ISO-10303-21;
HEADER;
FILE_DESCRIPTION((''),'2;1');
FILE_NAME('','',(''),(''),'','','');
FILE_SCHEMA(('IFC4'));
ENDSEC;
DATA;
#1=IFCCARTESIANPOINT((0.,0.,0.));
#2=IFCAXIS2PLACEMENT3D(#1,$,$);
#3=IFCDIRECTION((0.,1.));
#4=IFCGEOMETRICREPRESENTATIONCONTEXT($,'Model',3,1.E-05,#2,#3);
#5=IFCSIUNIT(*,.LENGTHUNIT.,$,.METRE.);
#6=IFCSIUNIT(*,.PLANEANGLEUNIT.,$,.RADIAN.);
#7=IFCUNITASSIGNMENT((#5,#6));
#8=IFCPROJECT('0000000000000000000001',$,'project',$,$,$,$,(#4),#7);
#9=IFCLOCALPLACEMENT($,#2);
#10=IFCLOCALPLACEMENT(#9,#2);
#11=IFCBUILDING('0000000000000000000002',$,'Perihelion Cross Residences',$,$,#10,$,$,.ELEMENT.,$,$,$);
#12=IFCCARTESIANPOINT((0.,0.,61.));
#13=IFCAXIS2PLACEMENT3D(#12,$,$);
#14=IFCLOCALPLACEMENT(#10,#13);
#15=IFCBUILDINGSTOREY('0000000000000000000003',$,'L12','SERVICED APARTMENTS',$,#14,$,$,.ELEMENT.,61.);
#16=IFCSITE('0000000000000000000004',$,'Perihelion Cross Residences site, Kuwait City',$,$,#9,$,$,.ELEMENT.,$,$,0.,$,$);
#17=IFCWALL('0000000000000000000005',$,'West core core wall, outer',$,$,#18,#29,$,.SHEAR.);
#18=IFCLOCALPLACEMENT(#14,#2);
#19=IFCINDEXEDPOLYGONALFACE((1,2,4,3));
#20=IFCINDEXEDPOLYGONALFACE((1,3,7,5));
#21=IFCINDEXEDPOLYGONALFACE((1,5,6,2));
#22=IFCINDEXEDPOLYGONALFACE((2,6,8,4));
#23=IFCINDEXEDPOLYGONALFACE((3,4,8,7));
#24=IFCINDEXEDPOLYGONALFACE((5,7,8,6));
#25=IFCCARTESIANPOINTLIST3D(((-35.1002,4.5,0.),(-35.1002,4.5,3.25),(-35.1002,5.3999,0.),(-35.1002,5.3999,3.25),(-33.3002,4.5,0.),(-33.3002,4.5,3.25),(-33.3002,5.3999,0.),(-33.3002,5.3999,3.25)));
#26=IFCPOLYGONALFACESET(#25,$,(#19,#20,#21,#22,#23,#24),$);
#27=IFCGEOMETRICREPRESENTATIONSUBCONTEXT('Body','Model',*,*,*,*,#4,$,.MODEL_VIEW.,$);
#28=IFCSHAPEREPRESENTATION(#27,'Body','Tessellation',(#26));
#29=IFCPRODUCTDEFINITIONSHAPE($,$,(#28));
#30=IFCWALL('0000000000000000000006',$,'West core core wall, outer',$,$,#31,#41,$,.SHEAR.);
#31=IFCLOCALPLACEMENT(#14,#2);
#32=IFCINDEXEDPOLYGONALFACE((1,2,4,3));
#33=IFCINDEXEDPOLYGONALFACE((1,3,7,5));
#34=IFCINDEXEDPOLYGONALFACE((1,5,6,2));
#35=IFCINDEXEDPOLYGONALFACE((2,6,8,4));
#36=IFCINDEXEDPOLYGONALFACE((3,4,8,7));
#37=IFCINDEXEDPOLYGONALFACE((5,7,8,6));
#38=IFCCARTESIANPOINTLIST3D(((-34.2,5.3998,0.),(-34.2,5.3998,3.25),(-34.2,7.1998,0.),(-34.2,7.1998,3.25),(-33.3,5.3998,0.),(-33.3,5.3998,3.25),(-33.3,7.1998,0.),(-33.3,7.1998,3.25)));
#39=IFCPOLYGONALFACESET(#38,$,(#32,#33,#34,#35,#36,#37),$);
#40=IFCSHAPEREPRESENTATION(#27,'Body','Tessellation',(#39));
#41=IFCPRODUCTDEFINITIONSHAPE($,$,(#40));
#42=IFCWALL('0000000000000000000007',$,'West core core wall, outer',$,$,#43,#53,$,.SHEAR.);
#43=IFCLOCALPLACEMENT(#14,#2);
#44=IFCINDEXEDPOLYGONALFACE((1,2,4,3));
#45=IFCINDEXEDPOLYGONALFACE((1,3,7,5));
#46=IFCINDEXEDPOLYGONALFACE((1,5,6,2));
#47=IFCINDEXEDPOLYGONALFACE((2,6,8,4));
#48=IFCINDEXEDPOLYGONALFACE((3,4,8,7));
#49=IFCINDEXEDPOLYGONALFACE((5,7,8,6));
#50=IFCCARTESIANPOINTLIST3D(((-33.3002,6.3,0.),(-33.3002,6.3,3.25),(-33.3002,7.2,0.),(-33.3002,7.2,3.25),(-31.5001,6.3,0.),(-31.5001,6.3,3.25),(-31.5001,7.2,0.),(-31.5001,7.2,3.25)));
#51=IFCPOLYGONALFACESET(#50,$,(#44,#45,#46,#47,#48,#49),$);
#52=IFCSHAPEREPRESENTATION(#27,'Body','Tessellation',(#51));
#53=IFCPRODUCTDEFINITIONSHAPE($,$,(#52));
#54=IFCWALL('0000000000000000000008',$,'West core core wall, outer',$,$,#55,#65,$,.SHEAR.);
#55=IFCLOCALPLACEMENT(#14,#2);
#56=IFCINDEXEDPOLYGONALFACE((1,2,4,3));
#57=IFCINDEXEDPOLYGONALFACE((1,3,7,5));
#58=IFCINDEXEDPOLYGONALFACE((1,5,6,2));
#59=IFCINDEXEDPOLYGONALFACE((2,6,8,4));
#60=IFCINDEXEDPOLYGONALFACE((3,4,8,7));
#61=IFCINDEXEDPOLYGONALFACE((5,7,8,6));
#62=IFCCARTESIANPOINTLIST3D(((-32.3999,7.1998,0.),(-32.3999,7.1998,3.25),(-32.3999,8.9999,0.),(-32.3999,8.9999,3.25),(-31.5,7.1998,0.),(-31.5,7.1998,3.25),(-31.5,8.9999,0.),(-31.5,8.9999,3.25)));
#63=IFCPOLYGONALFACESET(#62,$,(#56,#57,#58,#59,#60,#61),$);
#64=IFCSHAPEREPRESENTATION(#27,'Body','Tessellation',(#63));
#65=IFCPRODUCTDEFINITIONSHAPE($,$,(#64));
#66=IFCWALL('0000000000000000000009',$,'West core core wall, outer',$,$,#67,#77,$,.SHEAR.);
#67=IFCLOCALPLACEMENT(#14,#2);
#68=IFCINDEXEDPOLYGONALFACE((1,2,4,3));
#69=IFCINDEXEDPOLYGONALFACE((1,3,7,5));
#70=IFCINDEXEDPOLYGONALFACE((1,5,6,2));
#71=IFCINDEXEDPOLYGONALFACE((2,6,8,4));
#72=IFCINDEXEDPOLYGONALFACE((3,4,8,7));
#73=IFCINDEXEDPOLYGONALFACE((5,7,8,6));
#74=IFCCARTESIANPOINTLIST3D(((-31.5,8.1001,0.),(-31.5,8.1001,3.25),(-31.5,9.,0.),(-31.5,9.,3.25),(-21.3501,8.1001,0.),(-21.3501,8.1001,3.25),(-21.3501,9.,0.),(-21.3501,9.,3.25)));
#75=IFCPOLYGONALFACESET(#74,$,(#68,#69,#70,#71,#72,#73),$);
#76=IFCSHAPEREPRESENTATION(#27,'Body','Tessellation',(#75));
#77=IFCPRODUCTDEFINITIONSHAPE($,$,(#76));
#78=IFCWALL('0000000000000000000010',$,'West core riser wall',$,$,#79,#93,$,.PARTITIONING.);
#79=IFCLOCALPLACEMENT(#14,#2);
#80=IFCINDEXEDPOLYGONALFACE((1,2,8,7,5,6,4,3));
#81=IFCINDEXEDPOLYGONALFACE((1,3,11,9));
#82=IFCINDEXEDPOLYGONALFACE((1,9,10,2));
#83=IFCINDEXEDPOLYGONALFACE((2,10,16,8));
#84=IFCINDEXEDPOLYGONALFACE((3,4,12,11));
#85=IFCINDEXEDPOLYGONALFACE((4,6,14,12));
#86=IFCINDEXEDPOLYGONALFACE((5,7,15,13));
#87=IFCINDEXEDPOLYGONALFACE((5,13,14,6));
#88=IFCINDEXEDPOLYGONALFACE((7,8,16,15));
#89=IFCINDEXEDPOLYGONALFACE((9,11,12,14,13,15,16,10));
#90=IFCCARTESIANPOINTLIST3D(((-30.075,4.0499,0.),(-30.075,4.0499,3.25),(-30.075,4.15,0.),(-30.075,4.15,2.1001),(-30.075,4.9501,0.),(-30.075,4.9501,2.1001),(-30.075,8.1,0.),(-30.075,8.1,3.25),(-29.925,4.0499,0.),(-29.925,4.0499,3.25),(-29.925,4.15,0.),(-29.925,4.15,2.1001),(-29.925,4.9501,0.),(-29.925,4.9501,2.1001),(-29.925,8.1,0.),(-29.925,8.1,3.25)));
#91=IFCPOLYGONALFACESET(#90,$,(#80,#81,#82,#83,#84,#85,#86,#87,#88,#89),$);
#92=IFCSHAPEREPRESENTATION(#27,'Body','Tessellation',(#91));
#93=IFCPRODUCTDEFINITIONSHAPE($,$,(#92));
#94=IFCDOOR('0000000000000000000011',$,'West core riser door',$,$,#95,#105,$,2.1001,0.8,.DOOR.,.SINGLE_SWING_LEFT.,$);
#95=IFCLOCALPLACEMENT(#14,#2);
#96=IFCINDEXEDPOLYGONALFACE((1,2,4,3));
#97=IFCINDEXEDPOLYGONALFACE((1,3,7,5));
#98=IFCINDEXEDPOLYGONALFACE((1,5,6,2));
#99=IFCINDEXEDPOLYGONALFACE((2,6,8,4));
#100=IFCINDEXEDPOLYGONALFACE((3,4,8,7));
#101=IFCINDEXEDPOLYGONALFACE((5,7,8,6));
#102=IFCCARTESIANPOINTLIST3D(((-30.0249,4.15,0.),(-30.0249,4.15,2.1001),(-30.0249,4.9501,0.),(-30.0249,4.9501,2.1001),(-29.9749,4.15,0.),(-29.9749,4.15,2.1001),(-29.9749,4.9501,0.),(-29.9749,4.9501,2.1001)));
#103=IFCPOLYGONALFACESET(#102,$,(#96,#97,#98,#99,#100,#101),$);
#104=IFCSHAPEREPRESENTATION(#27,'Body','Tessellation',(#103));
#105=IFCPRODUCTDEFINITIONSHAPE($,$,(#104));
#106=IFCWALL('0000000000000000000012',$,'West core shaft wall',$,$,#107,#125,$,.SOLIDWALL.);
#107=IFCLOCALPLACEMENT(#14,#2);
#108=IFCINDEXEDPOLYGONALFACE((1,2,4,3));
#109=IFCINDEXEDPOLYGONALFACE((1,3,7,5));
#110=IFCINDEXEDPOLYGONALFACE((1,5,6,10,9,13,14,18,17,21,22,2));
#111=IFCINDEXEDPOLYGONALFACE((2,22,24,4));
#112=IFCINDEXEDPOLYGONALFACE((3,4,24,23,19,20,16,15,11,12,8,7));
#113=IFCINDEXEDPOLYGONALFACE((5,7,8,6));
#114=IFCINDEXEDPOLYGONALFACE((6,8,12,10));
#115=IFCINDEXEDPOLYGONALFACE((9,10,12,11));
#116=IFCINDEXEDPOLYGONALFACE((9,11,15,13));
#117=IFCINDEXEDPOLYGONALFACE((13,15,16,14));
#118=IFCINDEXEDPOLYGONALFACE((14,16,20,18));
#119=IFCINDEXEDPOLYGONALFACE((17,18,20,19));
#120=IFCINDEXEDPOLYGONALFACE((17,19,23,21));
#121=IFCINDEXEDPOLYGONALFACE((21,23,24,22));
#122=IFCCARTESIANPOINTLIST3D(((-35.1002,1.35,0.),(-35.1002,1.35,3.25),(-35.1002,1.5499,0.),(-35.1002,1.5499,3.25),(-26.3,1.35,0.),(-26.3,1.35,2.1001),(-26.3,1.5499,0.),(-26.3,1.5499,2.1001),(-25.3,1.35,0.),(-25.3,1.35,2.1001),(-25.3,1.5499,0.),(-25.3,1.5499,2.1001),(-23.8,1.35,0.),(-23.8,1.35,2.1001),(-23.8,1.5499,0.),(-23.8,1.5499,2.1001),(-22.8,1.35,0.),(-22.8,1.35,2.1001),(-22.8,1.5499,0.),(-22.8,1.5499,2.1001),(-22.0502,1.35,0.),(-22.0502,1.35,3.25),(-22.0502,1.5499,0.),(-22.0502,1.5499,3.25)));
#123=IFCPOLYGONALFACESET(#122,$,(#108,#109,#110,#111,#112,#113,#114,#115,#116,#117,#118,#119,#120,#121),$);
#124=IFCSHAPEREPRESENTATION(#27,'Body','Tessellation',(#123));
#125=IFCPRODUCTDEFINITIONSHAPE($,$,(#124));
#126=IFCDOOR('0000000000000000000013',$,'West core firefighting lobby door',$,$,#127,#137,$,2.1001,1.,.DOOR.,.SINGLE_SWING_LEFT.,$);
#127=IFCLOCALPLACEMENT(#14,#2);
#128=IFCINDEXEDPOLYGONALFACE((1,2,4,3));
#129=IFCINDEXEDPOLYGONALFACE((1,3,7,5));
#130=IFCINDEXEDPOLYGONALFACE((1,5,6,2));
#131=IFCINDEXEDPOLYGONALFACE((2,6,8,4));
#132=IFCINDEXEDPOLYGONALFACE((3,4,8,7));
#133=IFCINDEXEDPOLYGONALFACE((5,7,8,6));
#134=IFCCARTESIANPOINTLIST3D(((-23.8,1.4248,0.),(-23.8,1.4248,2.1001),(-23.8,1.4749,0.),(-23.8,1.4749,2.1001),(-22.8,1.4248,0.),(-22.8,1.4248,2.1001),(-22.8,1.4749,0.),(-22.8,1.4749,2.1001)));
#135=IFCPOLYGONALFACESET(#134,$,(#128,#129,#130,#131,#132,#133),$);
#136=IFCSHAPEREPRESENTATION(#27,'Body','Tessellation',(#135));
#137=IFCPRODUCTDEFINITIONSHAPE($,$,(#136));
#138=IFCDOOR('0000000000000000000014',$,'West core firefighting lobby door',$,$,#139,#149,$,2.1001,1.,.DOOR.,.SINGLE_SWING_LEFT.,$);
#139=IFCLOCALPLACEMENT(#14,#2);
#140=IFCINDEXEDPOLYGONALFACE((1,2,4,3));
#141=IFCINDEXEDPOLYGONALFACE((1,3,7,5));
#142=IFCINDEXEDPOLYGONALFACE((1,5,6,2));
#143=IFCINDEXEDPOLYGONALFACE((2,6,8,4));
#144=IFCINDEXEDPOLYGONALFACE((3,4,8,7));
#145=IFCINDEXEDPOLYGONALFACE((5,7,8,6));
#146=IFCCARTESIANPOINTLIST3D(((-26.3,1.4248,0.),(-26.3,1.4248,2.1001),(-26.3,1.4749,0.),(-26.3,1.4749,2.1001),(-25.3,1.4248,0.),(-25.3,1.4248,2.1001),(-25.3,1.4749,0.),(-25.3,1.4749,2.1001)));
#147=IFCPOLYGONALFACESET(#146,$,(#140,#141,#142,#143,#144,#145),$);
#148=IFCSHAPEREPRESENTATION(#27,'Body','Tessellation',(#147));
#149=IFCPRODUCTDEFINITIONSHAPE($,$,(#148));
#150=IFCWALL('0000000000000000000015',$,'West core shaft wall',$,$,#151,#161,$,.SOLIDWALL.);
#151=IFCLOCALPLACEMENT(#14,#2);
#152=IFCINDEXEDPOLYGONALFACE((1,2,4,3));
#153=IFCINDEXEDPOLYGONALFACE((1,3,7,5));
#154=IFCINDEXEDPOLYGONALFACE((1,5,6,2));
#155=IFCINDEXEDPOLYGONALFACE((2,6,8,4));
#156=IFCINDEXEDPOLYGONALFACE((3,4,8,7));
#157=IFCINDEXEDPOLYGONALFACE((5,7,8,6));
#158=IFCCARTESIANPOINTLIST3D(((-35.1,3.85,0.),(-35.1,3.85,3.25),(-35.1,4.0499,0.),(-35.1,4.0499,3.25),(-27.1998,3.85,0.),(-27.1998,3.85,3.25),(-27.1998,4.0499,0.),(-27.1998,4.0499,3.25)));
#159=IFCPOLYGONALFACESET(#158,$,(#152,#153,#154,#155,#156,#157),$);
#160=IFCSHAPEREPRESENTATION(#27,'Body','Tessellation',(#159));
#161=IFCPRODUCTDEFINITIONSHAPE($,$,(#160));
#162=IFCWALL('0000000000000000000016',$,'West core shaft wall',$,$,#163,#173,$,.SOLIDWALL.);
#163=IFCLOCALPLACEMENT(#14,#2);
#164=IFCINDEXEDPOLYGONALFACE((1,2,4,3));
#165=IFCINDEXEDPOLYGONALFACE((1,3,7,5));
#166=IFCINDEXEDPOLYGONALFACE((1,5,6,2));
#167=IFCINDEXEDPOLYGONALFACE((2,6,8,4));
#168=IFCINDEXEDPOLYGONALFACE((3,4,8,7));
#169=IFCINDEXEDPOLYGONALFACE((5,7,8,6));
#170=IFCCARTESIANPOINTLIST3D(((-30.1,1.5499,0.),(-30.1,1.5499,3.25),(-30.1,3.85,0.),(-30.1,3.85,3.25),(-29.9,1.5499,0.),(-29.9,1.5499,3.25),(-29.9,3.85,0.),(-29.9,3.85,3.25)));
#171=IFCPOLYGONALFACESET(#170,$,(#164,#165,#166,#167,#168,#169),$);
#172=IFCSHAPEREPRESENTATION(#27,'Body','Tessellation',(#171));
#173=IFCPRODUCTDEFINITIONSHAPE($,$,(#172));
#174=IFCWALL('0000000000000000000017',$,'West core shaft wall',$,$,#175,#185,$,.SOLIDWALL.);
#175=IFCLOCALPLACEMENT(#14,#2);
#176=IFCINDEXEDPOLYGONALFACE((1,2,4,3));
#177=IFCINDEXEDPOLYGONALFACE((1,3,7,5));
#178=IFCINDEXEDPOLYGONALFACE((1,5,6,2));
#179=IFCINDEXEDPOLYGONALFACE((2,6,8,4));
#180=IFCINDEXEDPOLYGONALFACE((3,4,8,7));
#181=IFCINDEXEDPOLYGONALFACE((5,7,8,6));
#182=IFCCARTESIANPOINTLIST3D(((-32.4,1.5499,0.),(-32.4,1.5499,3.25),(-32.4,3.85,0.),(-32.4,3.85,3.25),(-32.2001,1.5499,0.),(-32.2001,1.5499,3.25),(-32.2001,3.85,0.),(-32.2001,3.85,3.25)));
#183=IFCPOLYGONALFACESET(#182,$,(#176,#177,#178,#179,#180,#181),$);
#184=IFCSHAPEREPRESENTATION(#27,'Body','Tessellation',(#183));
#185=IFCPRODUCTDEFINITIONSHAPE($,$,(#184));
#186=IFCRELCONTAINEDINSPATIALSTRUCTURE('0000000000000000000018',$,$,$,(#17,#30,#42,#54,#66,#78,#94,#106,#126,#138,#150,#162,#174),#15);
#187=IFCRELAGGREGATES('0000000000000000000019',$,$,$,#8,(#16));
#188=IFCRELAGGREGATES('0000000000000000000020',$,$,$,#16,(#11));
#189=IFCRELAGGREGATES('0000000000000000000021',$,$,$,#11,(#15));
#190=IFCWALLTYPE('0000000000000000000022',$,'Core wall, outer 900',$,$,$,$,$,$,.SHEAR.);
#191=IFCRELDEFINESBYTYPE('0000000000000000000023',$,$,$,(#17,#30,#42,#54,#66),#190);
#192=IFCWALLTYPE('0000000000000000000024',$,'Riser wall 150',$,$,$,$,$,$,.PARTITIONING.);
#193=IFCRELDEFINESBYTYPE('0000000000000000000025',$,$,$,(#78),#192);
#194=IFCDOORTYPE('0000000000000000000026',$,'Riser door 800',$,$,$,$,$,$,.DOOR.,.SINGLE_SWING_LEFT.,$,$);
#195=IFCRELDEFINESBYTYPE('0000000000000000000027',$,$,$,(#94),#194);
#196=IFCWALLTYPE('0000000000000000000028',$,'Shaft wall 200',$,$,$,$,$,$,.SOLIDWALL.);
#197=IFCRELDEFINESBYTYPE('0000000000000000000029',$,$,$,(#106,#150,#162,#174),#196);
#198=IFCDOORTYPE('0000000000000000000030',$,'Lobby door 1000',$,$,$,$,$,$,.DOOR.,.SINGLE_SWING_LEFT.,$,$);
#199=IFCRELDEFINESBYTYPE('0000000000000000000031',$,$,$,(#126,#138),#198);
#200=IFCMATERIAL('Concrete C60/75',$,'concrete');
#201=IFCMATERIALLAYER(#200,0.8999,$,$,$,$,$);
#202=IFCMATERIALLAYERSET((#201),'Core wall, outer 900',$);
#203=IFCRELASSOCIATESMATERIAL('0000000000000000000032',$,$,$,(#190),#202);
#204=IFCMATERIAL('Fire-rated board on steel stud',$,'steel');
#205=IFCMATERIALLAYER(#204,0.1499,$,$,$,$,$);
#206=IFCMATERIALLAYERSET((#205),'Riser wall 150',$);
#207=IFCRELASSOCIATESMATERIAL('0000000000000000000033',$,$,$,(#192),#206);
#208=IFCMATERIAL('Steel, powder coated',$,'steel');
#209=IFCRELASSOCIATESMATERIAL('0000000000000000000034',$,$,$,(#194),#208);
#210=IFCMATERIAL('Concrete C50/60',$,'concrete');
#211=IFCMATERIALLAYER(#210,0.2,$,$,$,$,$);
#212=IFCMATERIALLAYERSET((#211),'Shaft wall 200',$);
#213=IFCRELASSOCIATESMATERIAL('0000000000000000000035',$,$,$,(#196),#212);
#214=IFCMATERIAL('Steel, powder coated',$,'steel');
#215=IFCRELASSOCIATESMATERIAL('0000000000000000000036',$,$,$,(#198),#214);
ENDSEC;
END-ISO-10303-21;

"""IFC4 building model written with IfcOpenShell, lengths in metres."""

from ifc_helpers import new_model, si_unit, direction, frame, frame_2d, origin, place, context, subcontext, project, spatial, rectangle, extrude, material, layer, layer_set, type_object, element, fill, save


model = new_model("IFC4")

# Units and contexts
model_context = context("Model", 3, precision=1e-05, world=origin(), true_north=direction((0.0, 1.0)))
body_context = subcontext(model_context, "Body", "Model", "MODEL_VIEW")
ifc_project = project(units=[si_unit("LENGTHUNIT", "METRE"), si_unit("PLANEANGLEUNIT", "RADIAN")], contexts=[model_context])

# Site, building, storey
site_placement = place(None, origin())
site = spatial("IfcSite", under=ifc_project, at=site_placement, Name="Perihelion Cross Residences site, Kuwait City", CompositionType="ELEMENT", RefElevation=0.0)
building_placement = place(site_placement, origin())
building = spatial("IfcBuilding", under=site, at=building_placement, Name="Perihelion Cross Residences", CompositionType="ELEMENT")
storey_placement = place(building_placement, frame((0.0, 0.0, 61.0)))
storey = spatial("IfcBuildingStorey", under=building, at=storey_placement, Name="L12", Description="SERVICED APARTMENTS", CompositionType="ELEMENT", Elevation=61.0)

# Walls
ifc_material_1 = material(Name="Concrete C60/75", Category="concrete")
ifc_layer_1 = layer(ifc_material_1, 0.8999)
ifc_layer_set_1 = layer_set([ifc_layer_1], Name="Core wall, outer 900")
wall_type_1 = type_object("IfcWallType", Name="Core wall, outer 900", PredefinedType="SHEAR", material=ifc_layer_set_1)
for number, where, z_axis, x_axis, name in (
    (1, (-35.1001, 4.95, 0.0), (0.0, 0.0, 1.0), (1.0, 0.0, 0.0), "West core core wall, outer"),
    (2, (-33.75, 5.3999, 0.0), (0.0, 0.0, 1.0), (0.0, 1.0, 0.0), "West core core wall, outer"),
    (3, (-33.3, 6.75, 0.0), (0.0, 0.0, 1.0), (1.0, 0.0, 0.0), "West core core wall, outer"),
    (4, (-31.95, 7.2, 0.0), (0.0, 0.0, 1.0), (0.0, 1.0, 0.0), "West core core wall, outer"),
):
    element("IfcWall", number, at=place(storey_placement, frame(where, z_axis=z_axis, x_axis=x_axis)), inside=storey, type_object=wall_type_1, Name=name, PredefinedType="SHEAR", context=body_context, shape_type="SweptSolid", body=[
        extrude(rectangle(XDim=1.8, YDim=0.8999, at=frame_2d((0.8999, 0.0))), origin(), (0.0, 0.0, 1.0), 3.25),
    ])
wall_1_placement = place(storey_placement, frame((-31.5, 8.55, 0.0), z_axis=(0.0, 0.0, 1.0), x_axis=(1.0, 0.0, 0.0)))
element("IfcWall", 5, at=wall_1_placement, inside=storey, type_object=wall_type_1, Name="West core core wall, outer", PredefinedType="SHEAR", context=body_context, shape_type="SweptSolid", body=[
    extrude(rectangle(XDim=10.1499, YDim=0.8999, at=frame_2d((5.075, 0.0))), origin(), (0.0, 0.0, 1.0), 3.25),
])

# Wall, opening, door
ifc_material_2 = material(Name="Fire-rated board on steel stud", Category="steel")
ifc_layer_2 = layer(ifc_material_2, 0.1499)
ifc_layer_set_2 = layer_set([ifc_layer_2], Name="Riser wall 150")
wall_type_2 = type_object("IfcWallType", Name="Riser wall 150", PredefinedType="PARTITIONING", material=ifc_layer_set_2)
wall_2_placement = place(storey_placement, frame((-30.0, 4.05, 0.0), z_axis=(0.0, 0.0, 1.0), x_axis=(0.0, 1.0, 0.0)))
wall_2 = element("IfcWall", 6, at=wall_2_placement, inside=storey, type_object=wall_type_2, Name="West core riser wall", PredefinedType="PARTITIONING", context=body_context, shape_type="SweptSolid", body=[
    extrude(rectangle(XDim=4.05, YDim=0.1499, at=frame_2d((2.0249, 0.0))), origin(), (0.0, 0.0, 1.0), 3.25),
])
opening_1_placement = place(wall_2_placement, frame((0.1001, 0.0, 0.0)))
opening_1 = element("IfcOpeningElement", 7, at=opening_1_placement, cuts=wall_2, PredefinedType="OPENING", context=body_context, shape_type="SweptSolid", body=[
    extrude(rectangle(XDim=0.8, YDim=2.1001, at=frame_2d((0.3999, 1.05))), frame((0.0, 0.085, 0.0), z_axis=(0.0, -1.0, 0.0), x_axis=(1.0, 0.0, 0.0)), (0.0, 0.0, 1.0), 0.1699),
])
ifc_material_3 = material(Name="Steel, powder coated", Category="steel")
door_type_1 = type_object("IfcDoorType", Name="Riser door 800", OperationType="SINGLE_SWING_LEFT", PredefinedType="DOOR", material=ifc_material_3)
door_1_placement = place(opening_1_placement, origin())
door_1 = element("IfcDoor", 8, at=door_1_placement, inside=storey, type_object=door_type_1, Name="West core riser door", OperationType="SINGLE_SWING_LEFT", OverallHeight=2.1001, OverallWidth=0.8, PredefinedType="DOOR", context=body_context, shape_type="SweptSolid", body=[
    extrude(rectangle(XDim=0.8, YDim=2.1001, at=frame_2d((0.3999, 1.05))), frame((0.0, 0.0249, 0.0), z_axis=(0.0, -1.0, 0.0), x_axis=(1.0, 0.0, 0.0)), (0.0, 0.0, 1.0), 0.05),
])
fill(opening_1, door_1)

# Wall, openings, doors
ifc_material_4 = material(Name="Concrete C50/60", Category="concrete")
ifc_layer_3 = layer(ifc_material_4, 0.2)
ifc_layer_set_3 = layer_set([ifc_layer_3], Name="Shaft wall 200")
wall_type_3 = type_object("IfcWallType", Name="Shaft wall 200", PredefinedType="SOLIDWALL", material=ifc_layer_set_3)
wall_3_placement = place(storey_placement, frame((-35.1001, 1.45, 0.0), z_axis=(0.0, 0.0, 1.0), x_axis=(1.0, 0.0, 0.0)))
wall_3 = element("IfcWall", 9, at=wall_3_placement, inside=storey, type_object=wall_type_3, Name="West core shaft wall", PredefinedType="SOLIDWALL", context=body_context, shape_type="SweptSolid", body=[
    extrude(rectangle(XDim=13.05, YDim=0.2, at=frame_2d((6.5249, 0.0))), origin(), (0.0, 0.0, 1.0), 3.25),
])
opening_2_placement = place(wall_3_placement, frame((11.3, 0.0, 0.0)))
opening_2 = element("IfcOpeningElement", 10, at=opening_2_placement, cuts=wall_3, PredefinedType="OPENING", context=body_context, shape_type="SweptSolid", body=[
    extrude(rectangle(XDim=1.0, YDim=2.1001, at=frame_2d((0.5, 1.05))), frame((0.0, 0.1099, 0.0), z_axis=(0.0, -1.0, 0.0), x_axis=(1.0, 0.0, 0.0)), (0.0, 0.0, 1.0), 0.22),
])
opening_3_placement = place(wall_3_placement, frame((8.8, 0.0, 0.0)))
opening_3 = element("IfcOpeningElement", 11, at=opening_3_placement, cuts=wall_3, PredefinedType="OPENING", context=body_context, shape_type="SweptSolid", body=[
    extrude(rectangle(XDim=1.0, YDim=2.1001, at=frame_2d((0.5, 1.05))), frame((0.0, 0.1099, 0.0), z_axis=(0.0, -1.0, 0.0), x_axis=(1.0, 0.0, 0.0)), (0.0, 0.0, 1.0), 0.22),
])
ifc_material_5 = material(Name="Steel, powder coated", Category="steel")
door_type_2 = type_object("IfcDoorType", Name="Lobby door 1000", OperationType="SINGLE_SWING_LEFT", PredefinedType="DOOR", material=ifc_material_5)
door_2_placement = place(opening_2_placement, origin())
door_2 = element("IfcDoor", 12, at=door_2_placement, inside=storey, type_object=door_type_2, Name="West core firefighting lobby door", OperationType="SINGLE_SWING_LEFT", OverallHeight=2.1001, OverallWidth=1.0, PredefinedType="DOOR", context=body_context, shape_type="SweptSolid", body=[
    extrude(rectangle(XDim=1.0, YDim=2.1001, at=frame_2d((0.5, 1.05))), frame((0.0, 0.0249, 0.0), z_axis=(0.0, -1.0, 0.0), x_axis=(1.0, 0.0, 0.0)), (0.0, 0.0, 1.0), 0.05),
])
fill(opening_2, door_2)
door_3_placement = place(opening_3_placement, origin())
door_3 = element("IfcDoor", 13, at=door_3_placement, inside=storey, type_object=door_type_2, Name="West core firefighting lobby door", OperationType="SINGLE_SWING_LEFT", OverallHeight=2.1001, OverallWidth=1.0, PredefinedType="DOOR", context=body_context, shape_type="SweptSolid", body=[
    extrude(rectangle(XDim=1.0, YDim=2.1001, at=frame_2d((0.5, 1.05))), frame((0.0, 0.0249, 0.0), z_axis=(0.0, -1.0, 0.0), x_axis=(1.0, 0.0, 0.0)), (0.0, 0.0, 1.0), 0.05),
])
fill(opening_3, door_3)

# Walls
wall_4_placement = place(storey_placement, frame((-35.1001, 3.95, 0.0), z_axis=(0.0, 0.0, 1.0), x_axis=(1.0, 0.0, 0.0)))
element("IfcWall", 14, at=wall_4_placement, inside=storey, type_object=wall_type_3, Name="West core shaft wall", PredefinedType="SOLIDWALL", context=body_context, shape_type="SweptSolid", body=[
    extrude(rectangle(XDim=7.9001, YDim=0.2, at=frame_2d((3.9502, 0.0))), origin(), (0.0, 0.0, 1.0), 3.25),
])
for number, where, z_axis, x_axis, name in (
    (15, (-30.0, 1.55, 0.0), (0.0, 0.0, 1.0), (0.0, 1.0, 0.0), "West core shaft wall"),
    (16, (-32.3, 1.55, 0.0), (0.0, 0.0, 1.0), (0.0, 1.0, 0.0), "West core shaft wall"),
):
    element("IfcWall", number, at=place(storey_placement, frame(where, z_axis=z_axis, x_axis=x_axis)), inside=storey, type_object=wall_type_3, Name=name, PredefinedType="SOLIDWALL", context=body_context, shape_type="SweptSolid", body=[
        extrude(rectangle(XDim=2.3, YDim=0.2, at=frame_2d((1.1499, 0.0))), origin(), (0.0, 0.0, 1.0), 3.25),
    ])

save(model, "model.ifc")
